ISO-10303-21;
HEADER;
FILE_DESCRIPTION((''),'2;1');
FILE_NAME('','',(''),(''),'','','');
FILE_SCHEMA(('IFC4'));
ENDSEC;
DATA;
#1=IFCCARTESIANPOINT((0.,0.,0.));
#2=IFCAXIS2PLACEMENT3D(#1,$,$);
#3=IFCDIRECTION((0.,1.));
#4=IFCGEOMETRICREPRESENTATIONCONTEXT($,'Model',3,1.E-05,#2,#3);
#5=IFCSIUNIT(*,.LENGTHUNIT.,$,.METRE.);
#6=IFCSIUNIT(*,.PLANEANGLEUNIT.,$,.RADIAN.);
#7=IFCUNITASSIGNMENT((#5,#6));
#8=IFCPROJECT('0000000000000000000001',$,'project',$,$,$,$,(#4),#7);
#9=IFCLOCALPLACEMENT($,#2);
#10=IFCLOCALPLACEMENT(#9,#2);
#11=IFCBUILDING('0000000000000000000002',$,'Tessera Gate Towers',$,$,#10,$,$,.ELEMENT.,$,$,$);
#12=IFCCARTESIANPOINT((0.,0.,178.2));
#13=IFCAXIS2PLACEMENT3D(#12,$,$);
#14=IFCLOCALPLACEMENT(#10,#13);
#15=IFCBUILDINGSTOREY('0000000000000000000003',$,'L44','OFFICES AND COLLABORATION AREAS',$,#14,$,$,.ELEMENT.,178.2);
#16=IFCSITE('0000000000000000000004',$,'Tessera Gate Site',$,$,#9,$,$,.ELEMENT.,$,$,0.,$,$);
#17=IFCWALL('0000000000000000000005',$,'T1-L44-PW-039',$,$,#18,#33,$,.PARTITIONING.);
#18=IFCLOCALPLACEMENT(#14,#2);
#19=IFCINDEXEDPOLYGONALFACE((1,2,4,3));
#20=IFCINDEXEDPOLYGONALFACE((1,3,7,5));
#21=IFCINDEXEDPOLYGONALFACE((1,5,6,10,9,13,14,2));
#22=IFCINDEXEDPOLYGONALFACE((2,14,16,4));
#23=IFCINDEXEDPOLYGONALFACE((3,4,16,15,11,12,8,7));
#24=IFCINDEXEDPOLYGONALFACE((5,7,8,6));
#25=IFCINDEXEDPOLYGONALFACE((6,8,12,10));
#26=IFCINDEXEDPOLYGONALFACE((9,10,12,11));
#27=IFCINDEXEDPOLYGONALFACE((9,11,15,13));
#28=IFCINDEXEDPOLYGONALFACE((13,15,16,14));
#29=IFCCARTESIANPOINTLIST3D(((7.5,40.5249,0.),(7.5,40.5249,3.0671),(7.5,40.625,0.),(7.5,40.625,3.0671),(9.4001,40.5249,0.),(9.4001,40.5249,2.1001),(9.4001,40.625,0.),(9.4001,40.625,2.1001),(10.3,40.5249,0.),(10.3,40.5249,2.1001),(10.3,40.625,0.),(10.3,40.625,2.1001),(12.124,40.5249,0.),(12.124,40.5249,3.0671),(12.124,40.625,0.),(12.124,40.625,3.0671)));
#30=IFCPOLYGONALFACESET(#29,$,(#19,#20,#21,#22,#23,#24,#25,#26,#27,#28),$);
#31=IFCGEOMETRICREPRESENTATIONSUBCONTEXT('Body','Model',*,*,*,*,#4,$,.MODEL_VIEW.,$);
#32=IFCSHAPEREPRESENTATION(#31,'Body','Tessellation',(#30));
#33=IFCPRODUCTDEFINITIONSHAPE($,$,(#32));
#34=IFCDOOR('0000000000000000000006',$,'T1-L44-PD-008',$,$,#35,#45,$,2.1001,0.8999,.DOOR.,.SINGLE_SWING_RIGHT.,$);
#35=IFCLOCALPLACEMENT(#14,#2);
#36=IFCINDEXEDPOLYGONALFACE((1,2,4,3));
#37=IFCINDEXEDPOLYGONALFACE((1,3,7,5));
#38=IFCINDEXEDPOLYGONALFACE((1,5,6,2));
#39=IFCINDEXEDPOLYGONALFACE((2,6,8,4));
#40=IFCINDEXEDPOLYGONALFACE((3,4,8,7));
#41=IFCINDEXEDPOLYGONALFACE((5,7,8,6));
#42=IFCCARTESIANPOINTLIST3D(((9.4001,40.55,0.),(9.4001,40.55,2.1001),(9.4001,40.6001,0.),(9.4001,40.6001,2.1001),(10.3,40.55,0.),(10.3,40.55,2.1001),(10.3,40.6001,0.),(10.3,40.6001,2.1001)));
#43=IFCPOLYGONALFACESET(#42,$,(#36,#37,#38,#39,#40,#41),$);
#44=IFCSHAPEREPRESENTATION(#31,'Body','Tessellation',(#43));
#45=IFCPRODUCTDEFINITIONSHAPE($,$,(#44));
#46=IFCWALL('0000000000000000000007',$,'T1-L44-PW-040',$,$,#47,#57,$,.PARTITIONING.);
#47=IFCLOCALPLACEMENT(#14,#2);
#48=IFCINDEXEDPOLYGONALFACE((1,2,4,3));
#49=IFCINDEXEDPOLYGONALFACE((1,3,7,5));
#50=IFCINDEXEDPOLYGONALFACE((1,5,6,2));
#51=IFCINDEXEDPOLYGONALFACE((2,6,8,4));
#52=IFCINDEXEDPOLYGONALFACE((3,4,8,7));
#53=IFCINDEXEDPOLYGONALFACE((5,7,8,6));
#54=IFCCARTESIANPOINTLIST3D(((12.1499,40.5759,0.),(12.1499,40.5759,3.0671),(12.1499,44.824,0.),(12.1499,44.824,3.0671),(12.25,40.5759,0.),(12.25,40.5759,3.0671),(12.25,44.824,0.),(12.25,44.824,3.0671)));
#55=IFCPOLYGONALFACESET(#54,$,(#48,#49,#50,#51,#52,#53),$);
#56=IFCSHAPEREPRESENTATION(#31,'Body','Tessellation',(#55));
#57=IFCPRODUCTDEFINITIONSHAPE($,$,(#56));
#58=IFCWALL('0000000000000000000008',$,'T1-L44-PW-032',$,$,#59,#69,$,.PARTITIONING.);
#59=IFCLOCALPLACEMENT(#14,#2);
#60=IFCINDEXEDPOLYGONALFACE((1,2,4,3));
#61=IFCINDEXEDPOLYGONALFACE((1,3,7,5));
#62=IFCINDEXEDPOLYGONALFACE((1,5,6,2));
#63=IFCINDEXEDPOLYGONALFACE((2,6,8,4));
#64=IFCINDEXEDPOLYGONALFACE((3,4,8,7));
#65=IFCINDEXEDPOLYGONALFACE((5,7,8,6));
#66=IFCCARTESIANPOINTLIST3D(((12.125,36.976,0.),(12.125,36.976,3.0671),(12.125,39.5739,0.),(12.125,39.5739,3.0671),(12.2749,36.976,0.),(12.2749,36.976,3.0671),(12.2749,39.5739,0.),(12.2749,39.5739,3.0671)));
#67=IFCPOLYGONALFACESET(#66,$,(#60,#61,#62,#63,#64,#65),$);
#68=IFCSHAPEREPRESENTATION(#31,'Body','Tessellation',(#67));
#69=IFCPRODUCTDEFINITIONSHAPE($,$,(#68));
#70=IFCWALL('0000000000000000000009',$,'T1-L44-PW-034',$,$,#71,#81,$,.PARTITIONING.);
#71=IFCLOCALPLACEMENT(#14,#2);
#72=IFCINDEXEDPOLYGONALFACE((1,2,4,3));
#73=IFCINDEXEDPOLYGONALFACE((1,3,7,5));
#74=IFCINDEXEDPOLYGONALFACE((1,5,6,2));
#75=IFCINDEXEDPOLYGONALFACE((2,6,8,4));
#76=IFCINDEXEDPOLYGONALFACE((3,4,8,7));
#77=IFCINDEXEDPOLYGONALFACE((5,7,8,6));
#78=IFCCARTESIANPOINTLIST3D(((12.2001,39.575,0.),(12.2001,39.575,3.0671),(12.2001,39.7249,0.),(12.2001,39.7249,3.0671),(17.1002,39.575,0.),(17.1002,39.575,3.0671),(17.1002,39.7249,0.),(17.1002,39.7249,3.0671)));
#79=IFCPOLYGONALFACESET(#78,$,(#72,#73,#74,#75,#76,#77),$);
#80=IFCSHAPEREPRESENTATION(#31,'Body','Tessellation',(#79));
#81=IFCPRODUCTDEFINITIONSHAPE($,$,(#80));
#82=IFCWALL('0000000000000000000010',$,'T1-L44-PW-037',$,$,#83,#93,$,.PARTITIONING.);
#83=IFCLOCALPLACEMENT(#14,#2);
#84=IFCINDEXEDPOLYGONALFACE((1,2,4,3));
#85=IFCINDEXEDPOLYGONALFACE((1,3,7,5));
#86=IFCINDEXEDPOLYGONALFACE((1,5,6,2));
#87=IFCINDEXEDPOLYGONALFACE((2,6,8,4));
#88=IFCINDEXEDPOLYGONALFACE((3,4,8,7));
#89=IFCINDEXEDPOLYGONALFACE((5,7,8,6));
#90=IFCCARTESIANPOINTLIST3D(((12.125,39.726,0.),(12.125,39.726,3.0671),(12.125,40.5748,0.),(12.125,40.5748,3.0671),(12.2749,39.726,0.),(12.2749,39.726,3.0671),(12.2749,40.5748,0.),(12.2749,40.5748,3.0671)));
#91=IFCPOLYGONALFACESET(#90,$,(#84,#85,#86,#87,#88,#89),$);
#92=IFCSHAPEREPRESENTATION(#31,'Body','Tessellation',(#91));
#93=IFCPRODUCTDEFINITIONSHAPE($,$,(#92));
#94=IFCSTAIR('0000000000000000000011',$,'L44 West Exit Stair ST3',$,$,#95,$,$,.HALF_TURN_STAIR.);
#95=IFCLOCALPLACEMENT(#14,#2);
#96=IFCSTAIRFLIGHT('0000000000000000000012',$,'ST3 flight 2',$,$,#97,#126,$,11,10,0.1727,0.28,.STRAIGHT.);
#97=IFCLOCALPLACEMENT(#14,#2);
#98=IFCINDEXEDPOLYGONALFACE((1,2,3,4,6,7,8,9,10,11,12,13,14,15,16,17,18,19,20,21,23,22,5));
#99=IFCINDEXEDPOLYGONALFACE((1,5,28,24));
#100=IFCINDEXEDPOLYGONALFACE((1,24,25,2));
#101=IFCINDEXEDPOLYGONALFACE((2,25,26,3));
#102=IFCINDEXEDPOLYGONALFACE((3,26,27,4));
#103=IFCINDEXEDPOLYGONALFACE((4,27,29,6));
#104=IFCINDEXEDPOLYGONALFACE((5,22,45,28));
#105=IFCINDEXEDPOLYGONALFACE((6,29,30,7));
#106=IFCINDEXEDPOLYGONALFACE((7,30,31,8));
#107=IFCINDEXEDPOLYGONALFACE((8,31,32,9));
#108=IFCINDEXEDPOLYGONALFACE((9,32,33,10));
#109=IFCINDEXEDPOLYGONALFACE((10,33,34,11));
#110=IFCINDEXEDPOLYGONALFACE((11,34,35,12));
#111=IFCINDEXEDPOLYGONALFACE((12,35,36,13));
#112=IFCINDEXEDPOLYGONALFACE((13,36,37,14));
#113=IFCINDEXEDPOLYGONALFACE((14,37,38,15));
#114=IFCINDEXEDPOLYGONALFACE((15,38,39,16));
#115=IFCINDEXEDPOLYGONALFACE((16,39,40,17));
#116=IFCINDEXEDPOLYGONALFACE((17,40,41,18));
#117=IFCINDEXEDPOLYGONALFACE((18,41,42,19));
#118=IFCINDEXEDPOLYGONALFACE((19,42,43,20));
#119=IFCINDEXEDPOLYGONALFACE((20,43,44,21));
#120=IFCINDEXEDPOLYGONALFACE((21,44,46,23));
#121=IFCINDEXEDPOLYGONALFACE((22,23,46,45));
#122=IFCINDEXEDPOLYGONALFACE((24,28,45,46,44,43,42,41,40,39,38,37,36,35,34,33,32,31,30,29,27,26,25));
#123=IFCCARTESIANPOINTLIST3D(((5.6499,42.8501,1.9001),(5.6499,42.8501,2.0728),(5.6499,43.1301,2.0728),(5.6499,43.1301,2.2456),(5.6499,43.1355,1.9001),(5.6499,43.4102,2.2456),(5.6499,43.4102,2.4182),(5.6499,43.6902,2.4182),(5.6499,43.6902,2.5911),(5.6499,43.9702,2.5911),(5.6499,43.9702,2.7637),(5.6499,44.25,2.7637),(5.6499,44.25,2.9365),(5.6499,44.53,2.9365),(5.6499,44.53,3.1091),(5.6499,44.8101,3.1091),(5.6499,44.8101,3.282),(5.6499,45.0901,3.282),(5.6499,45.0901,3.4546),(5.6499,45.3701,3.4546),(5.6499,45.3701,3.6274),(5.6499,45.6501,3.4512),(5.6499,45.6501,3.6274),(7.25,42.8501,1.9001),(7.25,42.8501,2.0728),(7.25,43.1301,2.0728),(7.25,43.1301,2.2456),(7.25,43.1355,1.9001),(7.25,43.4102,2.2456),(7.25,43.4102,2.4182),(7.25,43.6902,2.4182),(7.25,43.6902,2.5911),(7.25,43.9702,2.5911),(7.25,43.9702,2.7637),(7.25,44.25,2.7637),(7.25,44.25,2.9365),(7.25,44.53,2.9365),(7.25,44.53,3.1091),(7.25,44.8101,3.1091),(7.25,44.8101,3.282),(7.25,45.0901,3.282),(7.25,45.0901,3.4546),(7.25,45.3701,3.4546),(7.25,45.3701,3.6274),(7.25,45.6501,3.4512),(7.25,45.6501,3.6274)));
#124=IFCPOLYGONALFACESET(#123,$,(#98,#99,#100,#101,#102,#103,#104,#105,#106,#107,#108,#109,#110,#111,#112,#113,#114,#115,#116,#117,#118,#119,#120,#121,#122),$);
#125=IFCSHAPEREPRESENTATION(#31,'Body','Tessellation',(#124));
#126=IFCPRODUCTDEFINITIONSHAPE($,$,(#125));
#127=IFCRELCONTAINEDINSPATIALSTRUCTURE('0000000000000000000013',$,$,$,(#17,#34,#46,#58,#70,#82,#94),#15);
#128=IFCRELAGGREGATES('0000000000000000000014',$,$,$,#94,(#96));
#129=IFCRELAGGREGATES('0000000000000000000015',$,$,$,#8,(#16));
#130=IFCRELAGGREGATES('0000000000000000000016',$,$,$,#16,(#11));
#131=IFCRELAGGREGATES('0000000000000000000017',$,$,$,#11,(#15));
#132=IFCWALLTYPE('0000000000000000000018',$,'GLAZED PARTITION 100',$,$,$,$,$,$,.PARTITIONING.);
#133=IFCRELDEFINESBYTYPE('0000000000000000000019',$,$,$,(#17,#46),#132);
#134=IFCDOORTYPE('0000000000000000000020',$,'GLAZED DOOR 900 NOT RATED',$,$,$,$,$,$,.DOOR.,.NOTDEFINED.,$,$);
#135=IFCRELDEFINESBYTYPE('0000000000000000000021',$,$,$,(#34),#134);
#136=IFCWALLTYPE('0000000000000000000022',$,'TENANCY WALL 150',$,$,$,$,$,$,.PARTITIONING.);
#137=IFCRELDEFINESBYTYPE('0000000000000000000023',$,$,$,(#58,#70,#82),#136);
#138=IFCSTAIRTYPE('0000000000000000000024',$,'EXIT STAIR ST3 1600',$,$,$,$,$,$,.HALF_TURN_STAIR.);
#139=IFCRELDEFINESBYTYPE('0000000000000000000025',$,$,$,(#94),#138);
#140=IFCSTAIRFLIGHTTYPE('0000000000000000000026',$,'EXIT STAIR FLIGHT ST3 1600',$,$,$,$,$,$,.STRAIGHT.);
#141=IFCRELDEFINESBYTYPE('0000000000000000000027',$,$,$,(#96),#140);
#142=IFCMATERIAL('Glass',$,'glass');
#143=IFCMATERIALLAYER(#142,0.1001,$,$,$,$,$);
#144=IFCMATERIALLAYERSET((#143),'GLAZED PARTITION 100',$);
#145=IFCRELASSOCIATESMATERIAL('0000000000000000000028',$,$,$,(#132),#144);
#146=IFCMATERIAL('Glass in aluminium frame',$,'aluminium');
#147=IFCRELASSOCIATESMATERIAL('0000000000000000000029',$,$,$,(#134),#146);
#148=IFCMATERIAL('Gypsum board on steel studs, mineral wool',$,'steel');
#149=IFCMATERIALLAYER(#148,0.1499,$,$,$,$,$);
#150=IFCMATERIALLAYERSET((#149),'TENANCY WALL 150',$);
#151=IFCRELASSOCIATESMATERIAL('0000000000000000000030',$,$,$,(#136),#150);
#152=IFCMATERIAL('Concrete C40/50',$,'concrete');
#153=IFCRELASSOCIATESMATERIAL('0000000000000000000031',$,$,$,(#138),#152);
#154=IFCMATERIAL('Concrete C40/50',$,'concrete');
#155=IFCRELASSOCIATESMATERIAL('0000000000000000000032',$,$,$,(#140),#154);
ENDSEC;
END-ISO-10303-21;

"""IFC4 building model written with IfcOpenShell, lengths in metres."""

from ifc_helpers import new_model, si_unit, direction, frame, frame_2d, origin, place, context, subcontext, project, spatial, polyline, rectangle, outline, extrude, source, transform, mapped, material, layer, layer_set, type_object, element, fill, aggregate, save


model = new_model("IFC4")

# Units and contexts
model_context = context("Model", 3, precision=1e-05, world=origin(), true_north=direction((0.0, 1.0)))
body_context = subcontext(model_context, "Body", "Model", "MODEL_VIEW")
ifc_project = project(units=[si_unit("LENGTHUNIT", "METRE"), si_unit("PLANEANGLEUNIT", "RADIAN")], contexts=[model_context])

# Site, building, storey
site_placement = place(None, origin())
site = spatial("IfcSite", under=ifc_project, at=site_placement, Name="Tessera Gate Site", CompositionType="ELEMENT", RefElevation=0.0)
building_placement = place(site_placement, origin())
building = spatial("IfcBuilding", under=site, at=building_placement, Name="Tessera Gate Towers", CompositionType="ELEMENT")
storey_placement = place(building_placement, frame((0.0, 0.0, 178.2)))
storey = spatial("IfcBuildingStorey", under=building, at=storey_placement, Name="L44", Description="OFFICES AND COLLABORATION AREAS", CompositionType="ELEMENT", Elevation=178.2)

# Wall, opening, door
ifc_material_1 = material(Name="Glass", Category="glass")
ifc_layer_1 = layer(ifc_material_1, 0.1001)
ifc_layer_set_1 = layer_set([ifc_layer_1], Name="GLAZED PARTITION 100")
wall_type_1 = type_object("IfcWallType", Name="GLAZED PARTITION 100", PredefinedType="PARTITIONING", material=ifc_layer_set_1)
wall_1_placement = place(storey_placement, frame((12.124, 40.575, 0.0), z_axis=(0.0, 0.0, 1.0), x_axis=(-1.0, 0.0, 0.0)))
wall_1 = element("IfcWall", 1, at=wall_1_placement, inside=storey, type_object=wall_type_1, Name="T1-L44-PW-039", PredefinedType="PARTITIONING", context=body_context, shape_type="SweptSolid", body=[
    extrude(rectangle(XDim=4.624, YDim=0.1001, at=frame_2d((2.312, 0.0))), origin(), (0.0, 0.0, 1.0), 3.0671),
])
shared_shape_1 = source(origin(), body_context, "Body", "SweptSolid", [
    extrude(rectangle(XDim=0.8999, YDim=2.1001, at=frame_2d((0.45, 1.05))), frame((0.0, 0.0601, 0.0), z_axis=(0.0, -1.0, 0.0), x_axis=(1.0, 0.0, 0.0)), (0.0, 0.0, 1.0), 0.1201),
])
opening_placement = place(wall_1_placement, frame((1.824, 0.0, 0.0)))
opening = element("IfcOpeningElement", 2, at=opening_placement, cuts=wall_1, PredefinedType="OPENING", context=body_context, shape_type="MappedRepresentation", body=[
    mapped(shared_shape_1, transform((0.0, 0.0, 0.0), scale=1.0)),
])
ifc_material_2 = material(Name="Glass in aluminium frame", Category="aluminium")
door_type = type_object("IfcDoorType", Name="GLAZED DOOR 900 NOT RATED", OperationType="NOTDEFINED", PredefinedType="DOOR", material=ifc_material_2)
shared_shape_2 = source(origin(), body_context, "Body", "SweptSolid", [
    extrude(rectangle(XDim=0.8999, YDim=2.1001, at=frame_2d((0.45, 1.05))), frame((0.0, 0.0249, 0.0), z_axis=(0.0, -1.0, 0.0), x_axis=(1.0, 0.0, 0.0)), (0.0, 0.0, 1.0), 0.05),
])
door_placement = place(opening_placement, origin())
door = element("IfcDoor", 3, at=door_placement, inside=storey, type_object=door_type, Name="T1-L44-PD-008", OperationType="SINGLE_SWING_RIGHT", OverallHeight=2.1001, OverallWidth=0.8999, PredefinedType="DOOR", context=body_context, shape_type="MappedRepresentation", body=[
    mapped(shared_shape_2, transform((0.0, 0.0, 0.0), scale=1.0)),
])
fill(opening, door)

# Walls
wall_2_placement = place(storey_placement, frame((12.2, 40.5759, 0.0), z_axis=(0.0, 0.0, 1.0), x_axis=(0.0, 1.0, 0.0)))
element("IfcWall", 4, at=wall_2_placement, inside=storey, type_object=wall_type_1, Name="T1-L44-PW-040", PredefinedType="PARTITIONING", context=body_context, shape_type="SweptSolid", body=[
    extrude(rectangle(XDim=4.248, YDim=0.1001, at=frame_2d((2.124, 0.0))), origin(), (0.0, 0.0, 1.0), 3.0671),
])
ifc_material_3 = material(Name="Gypsum board on steel studs, mineral wool", Category="steel")
ifc_layer_2 = layer(ifc_material_3, 0.1499)
ifc_layer_set_2 = layer_set([ifc_layer_2], Name="TENANCY WALL 150")
wall_type_2 = type_object("IfcWallType", Name="TENANCY WALL 150", PredefinedType="PARTITIONING", material=ifc_layer_set_2)
wall_3_placement = place(storey_placement, frame((12.2, 36.9761, 0.0), z_axis=(0.0, 0.0, 1.0), x_axis=(0.0, 1.0, 0.0)))
element("IfcWall", 5, at=wall_3_placement, inside=storey, type_object=wall_type_2, Name="T1-L44-PW-032", PredefinedType="PARTITIONING", context=body_context, shape_type="SweptSolid", body=[
    extrude(rectangle(XDim=2.5979, YDim=0.1499, at=frame_2d((1.2988, 0.0))), origin(), (0.0, 0.0, 1.0), 3.0671),
])
wall_4_placement = place(storey_placement, frame((12.2, 39.6499, 0.0), z_axis=(0.0, 0.0, 1.0), x_axis=(1.0, 0.0, 0.0)))
element("IfcWall", 6, at=wall_4_placement, inside=storey, type_object=wall_type_2, Name="T1-L44-PW-034", PredefinedType="PARTITIONING", context=body_context, shape_type="SweptSolid", body=[
    extrude(rectangle(XDim=4.9001, YDim=0.1499, at=frame_2d((2.4502, 0.0))), origin(), (0.0, 0.0, 1.0), 3.0671),
])
wall_5_placement = place(storey_placement, frame((12.2, 39.7261, 0.0), z_axis=(0.0, 0.0, 1.0), x_axis=(0.0, 1.0, 0.0)))
element("IfcWall", 7, at=wall_5_placement, inside=storey, type_object=wall_type_2, Name="T1-L44-PW-037", PredefinedType="PARTITIONING", context=body_context, shape_type="SweptSolid", body=[
    extrude(rectangle(XDim=0.8489, YDim=0.1499, at=frame_2d((0.4243, 0.0))), origin(), (0.0, 0.0, 1.0), 3.0671),
])

# Stair, stair flight
ifc_material_4 = material(Name="Concrete C40/50", Category="concrete")
stair_type = type_object("IfcStairType", Name="EXIT STAIR ST3 1600", PredefinedType="HALF_TURN_STAIR", material=ifc_material_4)
stair_placement = place(storey_placement, origin())
stair = element("IfcStair", 8, at=stair_placement, inside=storey, type_object=stair_type, Name="L44 West Exit Stair ST3", PredefinedType="HALF_TURN_STAIR")
ifc_material_5 = material(Name="Concrete C40/50", Category="concrete")
stair_flight_type = type_object("IfcStairFlightType", Name="EXIT STAIR FLIGHT ST3 1600", PredefinedType="STRAIGHT", material=ifc_material_5)
stair_flight_placement = place(storey_placement, frame((6.45, 42.8501, 1.9001), z_axis=(0.0, 0.0, 1.0), x_axis=(0.0, 1.0, 0.0)))
stair_flight = element("IfcStairFlight", 9, at=stair_flight_placement, type_object=stair_flight_type, Name="ST3 flight 2", NumberOfRisers=11, NumberOfTreads=10, PredefinedType="STRAIGHT", RiserHeight=0.1727, TreadLength=0.28, context=body_context, shape_type="SweptSolid", body=[
    extrude(outline(polyline([(0.0, 0.0), (0.0, 0.1726), (0.28, 0.1726), (0.28, 0.3455), (0.5601, 0.3455), (0.5601, 0.5181), (0.8401, 0.5181), (0.8401, 0.6909), (1.1201, 0.6909), (1.1201, 0.8635), (1.3999, 0.8635), (1.3999, 1.0364), (1.6799, 1.0364), (1.6799, 1.209), (1.96, 1.209), (1.96, 1.3818), (2.24, 1.3818), (2.24, 1.5544), (2.52, 1.5544), (2.52, 1.7273), (2.8, 1.7273), (2.8, 1.8999), (2.8, 1.551), (0.2854, 0.0), (0.0, 0.0)])), frame((0.0, 0.8, 0.0), z_axis=(0.0, -1.0, 0.0), x_axis=(1.0, 0.0, 0.0)), (0.0, 0.0, 1.0), 1.6001),
])
aggregate(stair, [stair_flight])

save(model, "model.ifc")
